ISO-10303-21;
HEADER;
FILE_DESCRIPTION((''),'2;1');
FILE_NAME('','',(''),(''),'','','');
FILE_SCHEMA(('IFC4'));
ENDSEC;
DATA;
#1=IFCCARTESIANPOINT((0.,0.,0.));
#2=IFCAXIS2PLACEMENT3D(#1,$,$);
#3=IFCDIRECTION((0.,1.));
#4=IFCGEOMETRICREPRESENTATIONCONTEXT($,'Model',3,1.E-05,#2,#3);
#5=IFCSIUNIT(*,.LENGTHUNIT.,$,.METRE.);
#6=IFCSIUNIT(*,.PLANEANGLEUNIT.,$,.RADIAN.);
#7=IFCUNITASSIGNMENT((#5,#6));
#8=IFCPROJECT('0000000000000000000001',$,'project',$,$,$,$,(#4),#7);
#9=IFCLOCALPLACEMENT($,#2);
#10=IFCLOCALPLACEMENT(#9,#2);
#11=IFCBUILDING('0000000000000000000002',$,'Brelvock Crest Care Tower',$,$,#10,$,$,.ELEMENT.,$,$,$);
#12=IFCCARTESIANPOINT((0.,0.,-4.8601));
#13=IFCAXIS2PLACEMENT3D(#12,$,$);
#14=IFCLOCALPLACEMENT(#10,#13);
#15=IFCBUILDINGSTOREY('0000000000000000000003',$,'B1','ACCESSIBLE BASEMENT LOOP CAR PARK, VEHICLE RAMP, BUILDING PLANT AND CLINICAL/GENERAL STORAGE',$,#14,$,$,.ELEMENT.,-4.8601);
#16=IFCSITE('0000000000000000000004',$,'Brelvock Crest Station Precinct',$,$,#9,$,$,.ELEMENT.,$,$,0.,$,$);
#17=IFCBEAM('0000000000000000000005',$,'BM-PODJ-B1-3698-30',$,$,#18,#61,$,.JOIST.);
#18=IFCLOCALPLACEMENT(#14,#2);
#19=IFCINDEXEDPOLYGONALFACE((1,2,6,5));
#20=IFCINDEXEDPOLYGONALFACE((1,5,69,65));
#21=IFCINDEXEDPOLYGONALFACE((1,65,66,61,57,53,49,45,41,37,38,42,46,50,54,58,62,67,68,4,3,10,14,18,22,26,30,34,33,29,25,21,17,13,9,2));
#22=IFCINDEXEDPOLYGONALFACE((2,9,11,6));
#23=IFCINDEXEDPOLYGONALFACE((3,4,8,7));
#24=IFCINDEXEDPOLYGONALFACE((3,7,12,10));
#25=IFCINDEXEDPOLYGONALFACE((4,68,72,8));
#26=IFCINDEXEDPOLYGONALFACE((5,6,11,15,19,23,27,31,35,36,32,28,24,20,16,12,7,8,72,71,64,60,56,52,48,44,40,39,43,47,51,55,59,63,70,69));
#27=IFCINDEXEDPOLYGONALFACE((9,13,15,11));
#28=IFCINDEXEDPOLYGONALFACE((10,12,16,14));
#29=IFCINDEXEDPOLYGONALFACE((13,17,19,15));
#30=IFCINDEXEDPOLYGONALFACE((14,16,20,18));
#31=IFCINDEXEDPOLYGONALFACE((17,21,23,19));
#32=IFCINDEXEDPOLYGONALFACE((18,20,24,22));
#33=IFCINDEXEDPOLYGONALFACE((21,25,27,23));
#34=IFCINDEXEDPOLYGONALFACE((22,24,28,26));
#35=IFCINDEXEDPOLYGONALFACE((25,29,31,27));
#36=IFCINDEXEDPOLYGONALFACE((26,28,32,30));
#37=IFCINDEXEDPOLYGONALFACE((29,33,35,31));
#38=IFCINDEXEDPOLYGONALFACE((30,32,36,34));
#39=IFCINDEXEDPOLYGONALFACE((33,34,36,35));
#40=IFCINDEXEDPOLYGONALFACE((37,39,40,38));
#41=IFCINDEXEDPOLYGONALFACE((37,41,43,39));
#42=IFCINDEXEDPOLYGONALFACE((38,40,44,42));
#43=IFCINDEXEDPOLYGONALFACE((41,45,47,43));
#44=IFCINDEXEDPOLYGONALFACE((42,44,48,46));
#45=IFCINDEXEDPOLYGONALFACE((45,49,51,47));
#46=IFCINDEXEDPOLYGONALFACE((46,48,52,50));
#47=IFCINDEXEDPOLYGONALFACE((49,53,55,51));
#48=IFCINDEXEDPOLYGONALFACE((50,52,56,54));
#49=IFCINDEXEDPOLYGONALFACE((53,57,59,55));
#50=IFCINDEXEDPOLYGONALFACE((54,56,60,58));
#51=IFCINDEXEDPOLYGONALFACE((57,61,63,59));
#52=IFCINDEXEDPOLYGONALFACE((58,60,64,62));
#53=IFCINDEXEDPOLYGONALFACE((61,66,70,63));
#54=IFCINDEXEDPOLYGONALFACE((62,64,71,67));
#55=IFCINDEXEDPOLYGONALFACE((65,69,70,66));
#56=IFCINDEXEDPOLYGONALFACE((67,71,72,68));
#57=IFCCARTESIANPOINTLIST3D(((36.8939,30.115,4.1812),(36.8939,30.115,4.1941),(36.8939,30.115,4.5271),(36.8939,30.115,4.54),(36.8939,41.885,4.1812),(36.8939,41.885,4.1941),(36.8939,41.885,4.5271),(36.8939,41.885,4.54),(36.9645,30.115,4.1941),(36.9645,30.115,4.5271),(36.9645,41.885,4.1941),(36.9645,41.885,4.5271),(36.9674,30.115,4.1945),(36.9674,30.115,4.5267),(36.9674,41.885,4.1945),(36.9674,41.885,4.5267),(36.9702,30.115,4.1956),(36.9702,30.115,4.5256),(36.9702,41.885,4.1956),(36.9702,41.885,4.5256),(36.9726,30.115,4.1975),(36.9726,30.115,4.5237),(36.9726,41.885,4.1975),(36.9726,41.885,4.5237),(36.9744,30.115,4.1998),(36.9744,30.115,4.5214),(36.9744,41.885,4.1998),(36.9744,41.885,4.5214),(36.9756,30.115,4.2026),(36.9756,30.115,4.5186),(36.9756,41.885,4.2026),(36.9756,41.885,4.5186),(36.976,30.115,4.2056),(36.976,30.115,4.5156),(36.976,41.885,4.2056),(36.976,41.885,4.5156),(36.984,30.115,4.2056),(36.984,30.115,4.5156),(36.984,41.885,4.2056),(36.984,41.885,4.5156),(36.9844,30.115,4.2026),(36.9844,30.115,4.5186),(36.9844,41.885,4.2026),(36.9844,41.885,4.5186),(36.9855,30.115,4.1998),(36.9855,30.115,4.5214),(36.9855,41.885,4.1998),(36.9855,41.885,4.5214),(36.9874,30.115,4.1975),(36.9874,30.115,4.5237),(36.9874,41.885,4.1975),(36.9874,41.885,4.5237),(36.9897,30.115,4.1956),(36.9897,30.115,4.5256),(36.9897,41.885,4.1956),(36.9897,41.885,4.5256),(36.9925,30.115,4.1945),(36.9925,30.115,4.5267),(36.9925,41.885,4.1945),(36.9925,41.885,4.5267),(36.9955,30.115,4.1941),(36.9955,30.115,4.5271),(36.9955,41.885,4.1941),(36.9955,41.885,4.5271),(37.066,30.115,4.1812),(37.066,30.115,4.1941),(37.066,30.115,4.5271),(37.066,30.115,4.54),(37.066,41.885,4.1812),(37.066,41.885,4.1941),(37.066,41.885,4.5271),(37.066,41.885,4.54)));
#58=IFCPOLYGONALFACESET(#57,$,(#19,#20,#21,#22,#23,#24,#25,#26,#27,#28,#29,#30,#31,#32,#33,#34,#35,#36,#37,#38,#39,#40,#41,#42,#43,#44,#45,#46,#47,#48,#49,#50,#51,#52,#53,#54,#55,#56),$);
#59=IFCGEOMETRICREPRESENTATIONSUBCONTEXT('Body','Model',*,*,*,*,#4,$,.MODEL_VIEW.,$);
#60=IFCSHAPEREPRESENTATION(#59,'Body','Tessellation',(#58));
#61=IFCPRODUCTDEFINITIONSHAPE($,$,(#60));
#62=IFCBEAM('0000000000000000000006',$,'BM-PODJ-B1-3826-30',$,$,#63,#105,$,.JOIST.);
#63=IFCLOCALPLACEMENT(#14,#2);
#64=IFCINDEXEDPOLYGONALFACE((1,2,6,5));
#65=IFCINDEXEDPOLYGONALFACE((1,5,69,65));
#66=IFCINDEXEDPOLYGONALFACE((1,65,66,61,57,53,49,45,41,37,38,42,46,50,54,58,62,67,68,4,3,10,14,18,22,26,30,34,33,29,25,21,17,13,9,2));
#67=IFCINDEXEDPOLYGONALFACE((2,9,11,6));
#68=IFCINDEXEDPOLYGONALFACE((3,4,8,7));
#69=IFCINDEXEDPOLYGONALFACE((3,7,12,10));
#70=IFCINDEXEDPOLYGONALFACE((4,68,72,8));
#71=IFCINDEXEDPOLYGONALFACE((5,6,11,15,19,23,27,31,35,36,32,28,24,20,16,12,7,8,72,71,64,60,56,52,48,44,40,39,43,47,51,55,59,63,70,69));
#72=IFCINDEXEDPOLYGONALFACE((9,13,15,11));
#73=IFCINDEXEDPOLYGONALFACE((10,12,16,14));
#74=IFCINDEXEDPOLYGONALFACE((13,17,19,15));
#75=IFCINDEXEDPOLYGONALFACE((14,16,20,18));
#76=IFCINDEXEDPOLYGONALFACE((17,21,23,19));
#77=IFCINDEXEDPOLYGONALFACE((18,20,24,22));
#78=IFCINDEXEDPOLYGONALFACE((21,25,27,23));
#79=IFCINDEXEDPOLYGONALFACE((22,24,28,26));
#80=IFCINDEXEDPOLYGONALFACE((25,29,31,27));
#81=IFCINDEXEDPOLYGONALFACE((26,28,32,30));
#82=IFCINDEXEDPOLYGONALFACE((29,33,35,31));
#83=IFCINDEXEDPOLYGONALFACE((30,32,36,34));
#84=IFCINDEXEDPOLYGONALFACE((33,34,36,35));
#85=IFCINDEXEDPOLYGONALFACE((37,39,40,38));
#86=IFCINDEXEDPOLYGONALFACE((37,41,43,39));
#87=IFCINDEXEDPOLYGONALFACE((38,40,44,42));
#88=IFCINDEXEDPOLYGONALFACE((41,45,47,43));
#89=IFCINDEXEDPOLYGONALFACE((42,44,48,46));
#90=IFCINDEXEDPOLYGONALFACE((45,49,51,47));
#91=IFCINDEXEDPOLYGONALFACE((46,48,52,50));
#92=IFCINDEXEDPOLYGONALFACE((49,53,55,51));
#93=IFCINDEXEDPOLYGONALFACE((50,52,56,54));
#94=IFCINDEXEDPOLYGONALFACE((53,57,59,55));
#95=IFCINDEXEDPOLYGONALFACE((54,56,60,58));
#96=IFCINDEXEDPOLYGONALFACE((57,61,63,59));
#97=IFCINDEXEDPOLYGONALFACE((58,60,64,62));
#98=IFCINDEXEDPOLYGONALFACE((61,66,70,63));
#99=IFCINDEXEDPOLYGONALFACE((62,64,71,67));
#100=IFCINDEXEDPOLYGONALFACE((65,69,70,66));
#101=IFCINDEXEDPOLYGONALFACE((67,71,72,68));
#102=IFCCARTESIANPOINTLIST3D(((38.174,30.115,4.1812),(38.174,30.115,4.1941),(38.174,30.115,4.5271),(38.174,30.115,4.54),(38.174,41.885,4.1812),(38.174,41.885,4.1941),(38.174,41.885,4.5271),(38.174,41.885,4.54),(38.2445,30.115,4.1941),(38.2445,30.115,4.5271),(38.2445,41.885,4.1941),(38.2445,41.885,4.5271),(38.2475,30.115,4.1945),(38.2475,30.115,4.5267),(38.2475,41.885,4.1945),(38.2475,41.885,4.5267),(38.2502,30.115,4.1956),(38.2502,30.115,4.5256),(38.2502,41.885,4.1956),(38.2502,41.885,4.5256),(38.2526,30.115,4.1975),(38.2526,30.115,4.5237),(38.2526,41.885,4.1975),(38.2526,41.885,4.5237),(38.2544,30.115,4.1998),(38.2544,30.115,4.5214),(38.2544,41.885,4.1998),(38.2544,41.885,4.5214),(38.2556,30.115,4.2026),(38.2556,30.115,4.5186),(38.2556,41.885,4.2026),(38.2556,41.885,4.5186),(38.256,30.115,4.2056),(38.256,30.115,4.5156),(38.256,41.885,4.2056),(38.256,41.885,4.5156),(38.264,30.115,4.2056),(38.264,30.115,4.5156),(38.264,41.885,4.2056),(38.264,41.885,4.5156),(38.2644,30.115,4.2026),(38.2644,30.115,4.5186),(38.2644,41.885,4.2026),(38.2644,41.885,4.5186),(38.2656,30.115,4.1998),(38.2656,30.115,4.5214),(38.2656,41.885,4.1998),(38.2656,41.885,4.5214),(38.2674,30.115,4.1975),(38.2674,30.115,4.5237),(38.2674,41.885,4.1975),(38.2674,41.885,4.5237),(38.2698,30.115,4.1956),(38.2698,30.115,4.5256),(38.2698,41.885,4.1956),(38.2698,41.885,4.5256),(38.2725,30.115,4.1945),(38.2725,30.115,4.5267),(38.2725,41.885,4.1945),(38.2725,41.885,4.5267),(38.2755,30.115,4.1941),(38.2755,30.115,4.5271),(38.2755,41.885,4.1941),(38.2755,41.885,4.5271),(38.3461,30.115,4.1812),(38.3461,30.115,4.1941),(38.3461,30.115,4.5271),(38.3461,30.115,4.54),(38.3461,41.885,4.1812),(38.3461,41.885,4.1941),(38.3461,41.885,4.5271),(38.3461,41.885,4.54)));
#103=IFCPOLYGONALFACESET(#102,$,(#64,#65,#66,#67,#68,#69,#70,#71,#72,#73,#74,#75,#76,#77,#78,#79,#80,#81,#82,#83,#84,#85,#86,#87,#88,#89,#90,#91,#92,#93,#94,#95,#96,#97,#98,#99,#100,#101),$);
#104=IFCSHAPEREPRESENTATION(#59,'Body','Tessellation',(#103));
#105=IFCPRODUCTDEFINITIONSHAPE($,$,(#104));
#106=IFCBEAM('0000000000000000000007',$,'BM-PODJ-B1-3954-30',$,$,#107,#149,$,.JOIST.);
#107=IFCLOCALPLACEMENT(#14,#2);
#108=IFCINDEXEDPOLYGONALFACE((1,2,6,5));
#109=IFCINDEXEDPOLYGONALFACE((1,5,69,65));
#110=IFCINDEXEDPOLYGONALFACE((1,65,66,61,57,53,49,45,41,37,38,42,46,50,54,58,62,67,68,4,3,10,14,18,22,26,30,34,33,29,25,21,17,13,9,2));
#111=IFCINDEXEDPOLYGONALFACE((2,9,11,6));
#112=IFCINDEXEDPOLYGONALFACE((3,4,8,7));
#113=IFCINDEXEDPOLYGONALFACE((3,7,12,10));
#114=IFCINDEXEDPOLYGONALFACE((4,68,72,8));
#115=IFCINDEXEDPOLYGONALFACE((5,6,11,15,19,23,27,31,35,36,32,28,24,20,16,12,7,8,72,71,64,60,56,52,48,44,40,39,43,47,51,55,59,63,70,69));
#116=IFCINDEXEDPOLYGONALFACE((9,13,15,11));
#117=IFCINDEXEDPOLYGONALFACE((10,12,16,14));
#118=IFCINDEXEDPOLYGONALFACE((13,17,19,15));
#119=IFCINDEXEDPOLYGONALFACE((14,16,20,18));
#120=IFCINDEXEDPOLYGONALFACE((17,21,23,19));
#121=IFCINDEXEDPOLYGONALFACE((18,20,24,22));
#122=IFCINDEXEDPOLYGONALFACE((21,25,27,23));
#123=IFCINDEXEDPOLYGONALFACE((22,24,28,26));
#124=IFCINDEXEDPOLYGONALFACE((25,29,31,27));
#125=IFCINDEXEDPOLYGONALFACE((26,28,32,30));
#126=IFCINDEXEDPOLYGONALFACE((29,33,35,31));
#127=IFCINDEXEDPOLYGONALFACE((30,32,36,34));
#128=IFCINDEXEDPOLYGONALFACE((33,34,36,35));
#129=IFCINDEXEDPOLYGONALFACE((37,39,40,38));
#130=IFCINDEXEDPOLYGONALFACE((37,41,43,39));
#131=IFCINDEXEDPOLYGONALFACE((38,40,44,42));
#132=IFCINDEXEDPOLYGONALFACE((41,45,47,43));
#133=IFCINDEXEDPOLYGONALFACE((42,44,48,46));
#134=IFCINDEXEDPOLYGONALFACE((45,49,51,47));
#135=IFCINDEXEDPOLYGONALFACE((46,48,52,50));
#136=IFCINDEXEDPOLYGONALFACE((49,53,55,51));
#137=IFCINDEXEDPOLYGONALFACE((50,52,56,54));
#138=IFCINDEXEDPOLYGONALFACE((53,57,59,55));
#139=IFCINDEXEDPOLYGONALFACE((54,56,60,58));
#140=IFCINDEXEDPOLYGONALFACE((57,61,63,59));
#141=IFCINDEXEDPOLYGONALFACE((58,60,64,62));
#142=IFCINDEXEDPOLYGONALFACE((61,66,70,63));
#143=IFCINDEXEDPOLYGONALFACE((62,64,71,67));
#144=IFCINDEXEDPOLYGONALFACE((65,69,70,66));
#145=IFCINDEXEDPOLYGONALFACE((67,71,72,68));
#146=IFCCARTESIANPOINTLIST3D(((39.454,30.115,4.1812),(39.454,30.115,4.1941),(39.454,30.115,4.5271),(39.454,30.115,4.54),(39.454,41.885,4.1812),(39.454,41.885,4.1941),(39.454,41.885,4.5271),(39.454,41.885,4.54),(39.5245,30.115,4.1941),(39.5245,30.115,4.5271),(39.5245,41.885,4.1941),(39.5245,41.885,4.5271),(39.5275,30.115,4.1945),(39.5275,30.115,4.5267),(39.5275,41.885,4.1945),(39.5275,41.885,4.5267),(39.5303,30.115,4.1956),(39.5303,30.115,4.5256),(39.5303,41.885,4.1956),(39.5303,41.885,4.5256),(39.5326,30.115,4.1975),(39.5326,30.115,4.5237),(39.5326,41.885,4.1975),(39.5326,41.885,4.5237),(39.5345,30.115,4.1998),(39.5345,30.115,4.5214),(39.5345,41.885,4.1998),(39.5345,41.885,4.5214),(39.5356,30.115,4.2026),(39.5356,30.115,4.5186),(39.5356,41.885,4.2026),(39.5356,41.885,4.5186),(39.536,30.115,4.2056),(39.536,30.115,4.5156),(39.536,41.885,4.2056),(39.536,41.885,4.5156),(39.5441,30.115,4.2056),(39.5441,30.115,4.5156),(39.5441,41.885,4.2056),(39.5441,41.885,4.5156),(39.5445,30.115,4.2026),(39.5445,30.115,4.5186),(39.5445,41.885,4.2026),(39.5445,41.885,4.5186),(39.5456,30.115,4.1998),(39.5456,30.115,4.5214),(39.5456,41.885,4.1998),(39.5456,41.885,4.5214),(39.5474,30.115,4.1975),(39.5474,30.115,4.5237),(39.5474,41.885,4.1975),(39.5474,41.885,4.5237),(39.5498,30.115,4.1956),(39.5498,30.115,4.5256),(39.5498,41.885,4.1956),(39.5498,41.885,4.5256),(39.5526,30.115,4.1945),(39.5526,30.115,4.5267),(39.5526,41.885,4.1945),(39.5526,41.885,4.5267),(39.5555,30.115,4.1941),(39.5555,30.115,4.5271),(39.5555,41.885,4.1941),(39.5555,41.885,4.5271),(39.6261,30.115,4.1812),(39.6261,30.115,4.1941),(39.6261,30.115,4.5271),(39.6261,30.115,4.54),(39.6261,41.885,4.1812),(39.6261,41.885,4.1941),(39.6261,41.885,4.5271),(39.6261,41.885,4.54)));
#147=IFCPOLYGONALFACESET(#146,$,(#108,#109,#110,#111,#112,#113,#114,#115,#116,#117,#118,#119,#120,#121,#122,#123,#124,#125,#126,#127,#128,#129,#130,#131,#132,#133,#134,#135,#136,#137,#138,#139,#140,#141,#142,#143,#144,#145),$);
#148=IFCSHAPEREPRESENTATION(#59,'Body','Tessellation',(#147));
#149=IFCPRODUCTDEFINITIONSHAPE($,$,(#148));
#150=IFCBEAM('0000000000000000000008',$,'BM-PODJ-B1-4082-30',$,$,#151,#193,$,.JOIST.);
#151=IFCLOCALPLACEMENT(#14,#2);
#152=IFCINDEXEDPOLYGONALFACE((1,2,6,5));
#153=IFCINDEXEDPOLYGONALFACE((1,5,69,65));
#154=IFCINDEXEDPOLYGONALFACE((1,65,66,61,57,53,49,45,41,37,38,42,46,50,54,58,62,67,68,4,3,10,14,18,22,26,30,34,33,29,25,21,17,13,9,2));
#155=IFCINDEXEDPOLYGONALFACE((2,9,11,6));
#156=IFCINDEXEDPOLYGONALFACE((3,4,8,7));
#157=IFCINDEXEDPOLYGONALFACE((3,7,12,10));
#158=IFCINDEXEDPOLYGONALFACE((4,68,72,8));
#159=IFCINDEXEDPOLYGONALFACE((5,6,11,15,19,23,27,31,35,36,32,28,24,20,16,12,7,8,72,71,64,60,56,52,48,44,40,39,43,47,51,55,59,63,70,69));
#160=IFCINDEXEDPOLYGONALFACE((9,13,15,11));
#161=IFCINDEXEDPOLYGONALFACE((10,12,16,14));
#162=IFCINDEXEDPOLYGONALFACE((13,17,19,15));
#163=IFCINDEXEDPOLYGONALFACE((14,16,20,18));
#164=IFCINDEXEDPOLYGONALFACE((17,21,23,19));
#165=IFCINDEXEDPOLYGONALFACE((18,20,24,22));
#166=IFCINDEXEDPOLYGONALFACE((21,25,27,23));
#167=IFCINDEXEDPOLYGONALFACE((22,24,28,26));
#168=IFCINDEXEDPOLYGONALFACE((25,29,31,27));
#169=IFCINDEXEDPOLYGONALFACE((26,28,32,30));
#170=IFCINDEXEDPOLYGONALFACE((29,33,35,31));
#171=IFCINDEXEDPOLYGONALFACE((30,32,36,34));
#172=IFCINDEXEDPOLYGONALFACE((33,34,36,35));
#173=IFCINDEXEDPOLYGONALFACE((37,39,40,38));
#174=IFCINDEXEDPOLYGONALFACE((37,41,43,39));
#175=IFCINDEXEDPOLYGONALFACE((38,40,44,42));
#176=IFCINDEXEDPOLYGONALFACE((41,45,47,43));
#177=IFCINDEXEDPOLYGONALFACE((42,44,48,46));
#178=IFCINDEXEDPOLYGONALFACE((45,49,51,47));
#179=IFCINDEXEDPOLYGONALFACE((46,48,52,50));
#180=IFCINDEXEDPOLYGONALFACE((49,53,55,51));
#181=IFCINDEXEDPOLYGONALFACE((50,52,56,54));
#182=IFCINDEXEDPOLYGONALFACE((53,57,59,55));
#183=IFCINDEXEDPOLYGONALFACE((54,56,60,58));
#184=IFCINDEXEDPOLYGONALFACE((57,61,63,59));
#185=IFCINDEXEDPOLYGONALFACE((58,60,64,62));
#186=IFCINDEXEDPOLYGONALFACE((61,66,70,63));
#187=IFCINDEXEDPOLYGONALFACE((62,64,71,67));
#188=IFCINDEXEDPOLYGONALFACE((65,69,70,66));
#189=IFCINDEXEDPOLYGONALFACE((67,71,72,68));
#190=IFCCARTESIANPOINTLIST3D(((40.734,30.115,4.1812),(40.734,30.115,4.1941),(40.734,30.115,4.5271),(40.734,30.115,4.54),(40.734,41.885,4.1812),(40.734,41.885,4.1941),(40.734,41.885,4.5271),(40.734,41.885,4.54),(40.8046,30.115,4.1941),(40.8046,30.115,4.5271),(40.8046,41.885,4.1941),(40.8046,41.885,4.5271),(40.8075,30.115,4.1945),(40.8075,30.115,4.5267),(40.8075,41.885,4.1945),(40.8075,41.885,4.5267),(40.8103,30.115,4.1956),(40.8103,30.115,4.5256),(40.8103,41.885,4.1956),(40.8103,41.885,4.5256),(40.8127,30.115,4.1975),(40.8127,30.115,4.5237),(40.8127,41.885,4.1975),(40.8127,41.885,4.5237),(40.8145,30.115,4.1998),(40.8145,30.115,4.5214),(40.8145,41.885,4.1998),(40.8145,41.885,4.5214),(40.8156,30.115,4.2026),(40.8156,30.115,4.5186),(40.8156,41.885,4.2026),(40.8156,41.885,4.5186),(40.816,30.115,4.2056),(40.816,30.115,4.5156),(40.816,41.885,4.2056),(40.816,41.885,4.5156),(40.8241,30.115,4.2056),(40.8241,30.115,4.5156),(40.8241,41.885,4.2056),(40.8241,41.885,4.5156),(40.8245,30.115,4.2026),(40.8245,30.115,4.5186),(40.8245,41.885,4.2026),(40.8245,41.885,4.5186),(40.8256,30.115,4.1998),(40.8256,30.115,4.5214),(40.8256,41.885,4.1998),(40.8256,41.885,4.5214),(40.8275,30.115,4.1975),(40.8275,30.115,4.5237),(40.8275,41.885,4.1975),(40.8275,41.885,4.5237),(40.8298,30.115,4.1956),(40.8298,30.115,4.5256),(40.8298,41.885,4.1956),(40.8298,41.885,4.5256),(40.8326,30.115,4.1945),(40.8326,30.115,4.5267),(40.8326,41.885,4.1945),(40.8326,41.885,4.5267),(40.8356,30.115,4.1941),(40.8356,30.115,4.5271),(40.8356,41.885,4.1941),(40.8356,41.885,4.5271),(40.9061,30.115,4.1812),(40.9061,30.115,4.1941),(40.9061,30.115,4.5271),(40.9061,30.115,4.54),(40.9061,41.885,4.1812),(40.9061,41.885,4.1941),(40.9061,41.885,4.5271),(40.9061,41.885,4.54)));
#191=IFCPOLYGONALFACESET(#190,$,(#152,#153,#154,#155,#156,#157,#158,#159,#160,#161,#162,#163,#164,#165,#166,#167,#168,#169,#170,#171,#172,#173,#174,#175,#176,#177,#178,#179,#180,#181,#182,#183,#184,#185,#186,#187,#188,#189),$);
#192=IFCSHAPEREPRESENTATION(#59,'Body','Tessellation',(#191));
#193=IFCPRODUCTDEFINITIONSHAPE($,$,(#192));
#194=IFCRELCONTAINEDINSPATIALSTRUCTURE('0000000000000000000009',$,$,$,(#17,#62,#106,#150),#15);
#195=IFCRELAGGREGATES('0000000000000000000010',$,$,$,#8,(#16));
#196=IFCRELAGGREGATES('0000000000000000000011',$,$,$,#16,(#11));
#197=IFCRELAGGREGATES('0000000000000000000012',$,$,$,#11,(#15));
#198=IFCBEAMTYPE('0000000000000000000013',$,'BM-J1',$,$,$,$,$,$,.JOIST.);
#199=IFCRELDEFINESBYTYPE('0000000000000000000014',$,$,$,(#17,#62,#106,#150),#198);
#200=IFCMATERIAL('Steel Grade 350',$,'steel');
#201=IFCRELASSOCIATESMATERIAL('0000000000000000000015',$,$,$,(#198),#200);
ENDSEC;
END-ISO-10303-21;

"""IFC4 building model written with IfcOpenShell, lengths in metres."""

from ifc_helpers import new_model, si_unit, direction, frame, origin, origin_2d, place, context, subcontext, project, spatial, i_section, extrude, source, transform, mapped, material, material_profile, profile_set, type_object, element, save


model = new_model("IFC4")

# Units and contexts
model_context = context("Model", 3, precision=1e-05, world=origin(), true_north=direction((0.0, 1.0)))
body_context = subcontext(model_context, "Body", "Model", "MODEL_VIEW")
ifc_project = project(units=[si_unit("LENGTHUNIT", "METRE"), si_unit("PLANEANGLEUNIT", "RADIAN")], contexts=[model_context])

# Site, building, storey
site_placement = place(None, origin())
site = spatial("IfcSite", under=ifc_project, at=site_placement, Name="Brelvock Crest Station Precinct", CompositionType="ELEMENT", RefElevation=0.0)
building_placement = place(site_placement, origin())
building = spatial("IfcBuilding", under=site, at=building_placement, Name="Brelvock Crest Care Tower", CompositionType="ELEMENT")
storey_placement = place(building_placement, frame((0.0, 0.0, -4.8601)))
storey = spatial("IfcBuildingStorey", under=building, at=storey_placement, Name="B1", Description="ACCESSIBLE BASEMENT LOOP CAR PARK, VEHICLE RAMP, BUILDING PLANT AND CLINICAL/GENERAL STORAGE", CompositionType="ELEMENT", Elevation=-4.8601)

# Shared definitions
ifc_material_1 = material(Name="Steel Grade 350", Category="steel")

# Beams
ifc_material_profile_1 = material_profile(ifc_material_1, i_section(OverallWidth=0.1721, OverallDepth=0.3589, WebThickness=0.0081, FlangeThickness=0.0129, FilletRadius=0.0115, at=origin_2d()), Name="360UB56.7")
ifc_profile_set_1 = profile_set([ifc_material_profile_1], Name="Steel Grade 350")
beam_type_1 = type_object("IfcBeamType", Name="BM-J1", PredefinedType="JOIST", material=ifc_profile_set_1)
shared_shape_1 = source(origin(), body_context, "Body", "SweptSolid", [
    extrude(i_section(OverallWidth=0.1721, OverallDepth=0.3589, WebThickness=0.0081, FlangeThickness=0.0129, FilletRadius=0.0115, at=origin_2d()), origin(), (0.0, 0.0, 1.0), 11.77),
])
for number, where, z_axis, x_axis, name in (
    (1, (36.98, 30.115, 4.3606), (0.0, 1.0, 0.0), (-1.0, 0.0, 0.0), "BM-PODJ-B1-3698-30"),
    (2, (38.26, 30.115, 4.3606), (0.0, 1.0, 0.0), (-1.0, 0.0, 0.0), "BM-PODJ-B1-3826-30"),
    (3, (39.54, 30.115, 4.3606), (0.0, 1.0, 0.0), (-1.0, 0.0, 0.0), "BM-PODJ-B1-3954-30"),
    (4, (40.8201, 30.115, 4.3606), (0.0, 1.0, 0.0), (-1.0, 0.0, 0.0), "BM-PODJ-B1-4082-30"),
):
    element("IfcBeam", number, at=place(storey_placement, frame(where, z_axis=z_axis, x_axis=x_axis)), inside=storey, type_object=beam_type_1, Name=name, PredefinedType="JOIST", context=body_context, shape_type="MappedRepresentation", body=[
        mapped(shared_shape_1, transform((0.0, 0.0, 0.0), x_axis=(1.0, 0.0, 0.0), y_axis=(0.0, 1.0, 0.0), z_axis=(0.0, 0.0, 1.0), scale=1.0)),
    ])

save(model, "model.ifc")
